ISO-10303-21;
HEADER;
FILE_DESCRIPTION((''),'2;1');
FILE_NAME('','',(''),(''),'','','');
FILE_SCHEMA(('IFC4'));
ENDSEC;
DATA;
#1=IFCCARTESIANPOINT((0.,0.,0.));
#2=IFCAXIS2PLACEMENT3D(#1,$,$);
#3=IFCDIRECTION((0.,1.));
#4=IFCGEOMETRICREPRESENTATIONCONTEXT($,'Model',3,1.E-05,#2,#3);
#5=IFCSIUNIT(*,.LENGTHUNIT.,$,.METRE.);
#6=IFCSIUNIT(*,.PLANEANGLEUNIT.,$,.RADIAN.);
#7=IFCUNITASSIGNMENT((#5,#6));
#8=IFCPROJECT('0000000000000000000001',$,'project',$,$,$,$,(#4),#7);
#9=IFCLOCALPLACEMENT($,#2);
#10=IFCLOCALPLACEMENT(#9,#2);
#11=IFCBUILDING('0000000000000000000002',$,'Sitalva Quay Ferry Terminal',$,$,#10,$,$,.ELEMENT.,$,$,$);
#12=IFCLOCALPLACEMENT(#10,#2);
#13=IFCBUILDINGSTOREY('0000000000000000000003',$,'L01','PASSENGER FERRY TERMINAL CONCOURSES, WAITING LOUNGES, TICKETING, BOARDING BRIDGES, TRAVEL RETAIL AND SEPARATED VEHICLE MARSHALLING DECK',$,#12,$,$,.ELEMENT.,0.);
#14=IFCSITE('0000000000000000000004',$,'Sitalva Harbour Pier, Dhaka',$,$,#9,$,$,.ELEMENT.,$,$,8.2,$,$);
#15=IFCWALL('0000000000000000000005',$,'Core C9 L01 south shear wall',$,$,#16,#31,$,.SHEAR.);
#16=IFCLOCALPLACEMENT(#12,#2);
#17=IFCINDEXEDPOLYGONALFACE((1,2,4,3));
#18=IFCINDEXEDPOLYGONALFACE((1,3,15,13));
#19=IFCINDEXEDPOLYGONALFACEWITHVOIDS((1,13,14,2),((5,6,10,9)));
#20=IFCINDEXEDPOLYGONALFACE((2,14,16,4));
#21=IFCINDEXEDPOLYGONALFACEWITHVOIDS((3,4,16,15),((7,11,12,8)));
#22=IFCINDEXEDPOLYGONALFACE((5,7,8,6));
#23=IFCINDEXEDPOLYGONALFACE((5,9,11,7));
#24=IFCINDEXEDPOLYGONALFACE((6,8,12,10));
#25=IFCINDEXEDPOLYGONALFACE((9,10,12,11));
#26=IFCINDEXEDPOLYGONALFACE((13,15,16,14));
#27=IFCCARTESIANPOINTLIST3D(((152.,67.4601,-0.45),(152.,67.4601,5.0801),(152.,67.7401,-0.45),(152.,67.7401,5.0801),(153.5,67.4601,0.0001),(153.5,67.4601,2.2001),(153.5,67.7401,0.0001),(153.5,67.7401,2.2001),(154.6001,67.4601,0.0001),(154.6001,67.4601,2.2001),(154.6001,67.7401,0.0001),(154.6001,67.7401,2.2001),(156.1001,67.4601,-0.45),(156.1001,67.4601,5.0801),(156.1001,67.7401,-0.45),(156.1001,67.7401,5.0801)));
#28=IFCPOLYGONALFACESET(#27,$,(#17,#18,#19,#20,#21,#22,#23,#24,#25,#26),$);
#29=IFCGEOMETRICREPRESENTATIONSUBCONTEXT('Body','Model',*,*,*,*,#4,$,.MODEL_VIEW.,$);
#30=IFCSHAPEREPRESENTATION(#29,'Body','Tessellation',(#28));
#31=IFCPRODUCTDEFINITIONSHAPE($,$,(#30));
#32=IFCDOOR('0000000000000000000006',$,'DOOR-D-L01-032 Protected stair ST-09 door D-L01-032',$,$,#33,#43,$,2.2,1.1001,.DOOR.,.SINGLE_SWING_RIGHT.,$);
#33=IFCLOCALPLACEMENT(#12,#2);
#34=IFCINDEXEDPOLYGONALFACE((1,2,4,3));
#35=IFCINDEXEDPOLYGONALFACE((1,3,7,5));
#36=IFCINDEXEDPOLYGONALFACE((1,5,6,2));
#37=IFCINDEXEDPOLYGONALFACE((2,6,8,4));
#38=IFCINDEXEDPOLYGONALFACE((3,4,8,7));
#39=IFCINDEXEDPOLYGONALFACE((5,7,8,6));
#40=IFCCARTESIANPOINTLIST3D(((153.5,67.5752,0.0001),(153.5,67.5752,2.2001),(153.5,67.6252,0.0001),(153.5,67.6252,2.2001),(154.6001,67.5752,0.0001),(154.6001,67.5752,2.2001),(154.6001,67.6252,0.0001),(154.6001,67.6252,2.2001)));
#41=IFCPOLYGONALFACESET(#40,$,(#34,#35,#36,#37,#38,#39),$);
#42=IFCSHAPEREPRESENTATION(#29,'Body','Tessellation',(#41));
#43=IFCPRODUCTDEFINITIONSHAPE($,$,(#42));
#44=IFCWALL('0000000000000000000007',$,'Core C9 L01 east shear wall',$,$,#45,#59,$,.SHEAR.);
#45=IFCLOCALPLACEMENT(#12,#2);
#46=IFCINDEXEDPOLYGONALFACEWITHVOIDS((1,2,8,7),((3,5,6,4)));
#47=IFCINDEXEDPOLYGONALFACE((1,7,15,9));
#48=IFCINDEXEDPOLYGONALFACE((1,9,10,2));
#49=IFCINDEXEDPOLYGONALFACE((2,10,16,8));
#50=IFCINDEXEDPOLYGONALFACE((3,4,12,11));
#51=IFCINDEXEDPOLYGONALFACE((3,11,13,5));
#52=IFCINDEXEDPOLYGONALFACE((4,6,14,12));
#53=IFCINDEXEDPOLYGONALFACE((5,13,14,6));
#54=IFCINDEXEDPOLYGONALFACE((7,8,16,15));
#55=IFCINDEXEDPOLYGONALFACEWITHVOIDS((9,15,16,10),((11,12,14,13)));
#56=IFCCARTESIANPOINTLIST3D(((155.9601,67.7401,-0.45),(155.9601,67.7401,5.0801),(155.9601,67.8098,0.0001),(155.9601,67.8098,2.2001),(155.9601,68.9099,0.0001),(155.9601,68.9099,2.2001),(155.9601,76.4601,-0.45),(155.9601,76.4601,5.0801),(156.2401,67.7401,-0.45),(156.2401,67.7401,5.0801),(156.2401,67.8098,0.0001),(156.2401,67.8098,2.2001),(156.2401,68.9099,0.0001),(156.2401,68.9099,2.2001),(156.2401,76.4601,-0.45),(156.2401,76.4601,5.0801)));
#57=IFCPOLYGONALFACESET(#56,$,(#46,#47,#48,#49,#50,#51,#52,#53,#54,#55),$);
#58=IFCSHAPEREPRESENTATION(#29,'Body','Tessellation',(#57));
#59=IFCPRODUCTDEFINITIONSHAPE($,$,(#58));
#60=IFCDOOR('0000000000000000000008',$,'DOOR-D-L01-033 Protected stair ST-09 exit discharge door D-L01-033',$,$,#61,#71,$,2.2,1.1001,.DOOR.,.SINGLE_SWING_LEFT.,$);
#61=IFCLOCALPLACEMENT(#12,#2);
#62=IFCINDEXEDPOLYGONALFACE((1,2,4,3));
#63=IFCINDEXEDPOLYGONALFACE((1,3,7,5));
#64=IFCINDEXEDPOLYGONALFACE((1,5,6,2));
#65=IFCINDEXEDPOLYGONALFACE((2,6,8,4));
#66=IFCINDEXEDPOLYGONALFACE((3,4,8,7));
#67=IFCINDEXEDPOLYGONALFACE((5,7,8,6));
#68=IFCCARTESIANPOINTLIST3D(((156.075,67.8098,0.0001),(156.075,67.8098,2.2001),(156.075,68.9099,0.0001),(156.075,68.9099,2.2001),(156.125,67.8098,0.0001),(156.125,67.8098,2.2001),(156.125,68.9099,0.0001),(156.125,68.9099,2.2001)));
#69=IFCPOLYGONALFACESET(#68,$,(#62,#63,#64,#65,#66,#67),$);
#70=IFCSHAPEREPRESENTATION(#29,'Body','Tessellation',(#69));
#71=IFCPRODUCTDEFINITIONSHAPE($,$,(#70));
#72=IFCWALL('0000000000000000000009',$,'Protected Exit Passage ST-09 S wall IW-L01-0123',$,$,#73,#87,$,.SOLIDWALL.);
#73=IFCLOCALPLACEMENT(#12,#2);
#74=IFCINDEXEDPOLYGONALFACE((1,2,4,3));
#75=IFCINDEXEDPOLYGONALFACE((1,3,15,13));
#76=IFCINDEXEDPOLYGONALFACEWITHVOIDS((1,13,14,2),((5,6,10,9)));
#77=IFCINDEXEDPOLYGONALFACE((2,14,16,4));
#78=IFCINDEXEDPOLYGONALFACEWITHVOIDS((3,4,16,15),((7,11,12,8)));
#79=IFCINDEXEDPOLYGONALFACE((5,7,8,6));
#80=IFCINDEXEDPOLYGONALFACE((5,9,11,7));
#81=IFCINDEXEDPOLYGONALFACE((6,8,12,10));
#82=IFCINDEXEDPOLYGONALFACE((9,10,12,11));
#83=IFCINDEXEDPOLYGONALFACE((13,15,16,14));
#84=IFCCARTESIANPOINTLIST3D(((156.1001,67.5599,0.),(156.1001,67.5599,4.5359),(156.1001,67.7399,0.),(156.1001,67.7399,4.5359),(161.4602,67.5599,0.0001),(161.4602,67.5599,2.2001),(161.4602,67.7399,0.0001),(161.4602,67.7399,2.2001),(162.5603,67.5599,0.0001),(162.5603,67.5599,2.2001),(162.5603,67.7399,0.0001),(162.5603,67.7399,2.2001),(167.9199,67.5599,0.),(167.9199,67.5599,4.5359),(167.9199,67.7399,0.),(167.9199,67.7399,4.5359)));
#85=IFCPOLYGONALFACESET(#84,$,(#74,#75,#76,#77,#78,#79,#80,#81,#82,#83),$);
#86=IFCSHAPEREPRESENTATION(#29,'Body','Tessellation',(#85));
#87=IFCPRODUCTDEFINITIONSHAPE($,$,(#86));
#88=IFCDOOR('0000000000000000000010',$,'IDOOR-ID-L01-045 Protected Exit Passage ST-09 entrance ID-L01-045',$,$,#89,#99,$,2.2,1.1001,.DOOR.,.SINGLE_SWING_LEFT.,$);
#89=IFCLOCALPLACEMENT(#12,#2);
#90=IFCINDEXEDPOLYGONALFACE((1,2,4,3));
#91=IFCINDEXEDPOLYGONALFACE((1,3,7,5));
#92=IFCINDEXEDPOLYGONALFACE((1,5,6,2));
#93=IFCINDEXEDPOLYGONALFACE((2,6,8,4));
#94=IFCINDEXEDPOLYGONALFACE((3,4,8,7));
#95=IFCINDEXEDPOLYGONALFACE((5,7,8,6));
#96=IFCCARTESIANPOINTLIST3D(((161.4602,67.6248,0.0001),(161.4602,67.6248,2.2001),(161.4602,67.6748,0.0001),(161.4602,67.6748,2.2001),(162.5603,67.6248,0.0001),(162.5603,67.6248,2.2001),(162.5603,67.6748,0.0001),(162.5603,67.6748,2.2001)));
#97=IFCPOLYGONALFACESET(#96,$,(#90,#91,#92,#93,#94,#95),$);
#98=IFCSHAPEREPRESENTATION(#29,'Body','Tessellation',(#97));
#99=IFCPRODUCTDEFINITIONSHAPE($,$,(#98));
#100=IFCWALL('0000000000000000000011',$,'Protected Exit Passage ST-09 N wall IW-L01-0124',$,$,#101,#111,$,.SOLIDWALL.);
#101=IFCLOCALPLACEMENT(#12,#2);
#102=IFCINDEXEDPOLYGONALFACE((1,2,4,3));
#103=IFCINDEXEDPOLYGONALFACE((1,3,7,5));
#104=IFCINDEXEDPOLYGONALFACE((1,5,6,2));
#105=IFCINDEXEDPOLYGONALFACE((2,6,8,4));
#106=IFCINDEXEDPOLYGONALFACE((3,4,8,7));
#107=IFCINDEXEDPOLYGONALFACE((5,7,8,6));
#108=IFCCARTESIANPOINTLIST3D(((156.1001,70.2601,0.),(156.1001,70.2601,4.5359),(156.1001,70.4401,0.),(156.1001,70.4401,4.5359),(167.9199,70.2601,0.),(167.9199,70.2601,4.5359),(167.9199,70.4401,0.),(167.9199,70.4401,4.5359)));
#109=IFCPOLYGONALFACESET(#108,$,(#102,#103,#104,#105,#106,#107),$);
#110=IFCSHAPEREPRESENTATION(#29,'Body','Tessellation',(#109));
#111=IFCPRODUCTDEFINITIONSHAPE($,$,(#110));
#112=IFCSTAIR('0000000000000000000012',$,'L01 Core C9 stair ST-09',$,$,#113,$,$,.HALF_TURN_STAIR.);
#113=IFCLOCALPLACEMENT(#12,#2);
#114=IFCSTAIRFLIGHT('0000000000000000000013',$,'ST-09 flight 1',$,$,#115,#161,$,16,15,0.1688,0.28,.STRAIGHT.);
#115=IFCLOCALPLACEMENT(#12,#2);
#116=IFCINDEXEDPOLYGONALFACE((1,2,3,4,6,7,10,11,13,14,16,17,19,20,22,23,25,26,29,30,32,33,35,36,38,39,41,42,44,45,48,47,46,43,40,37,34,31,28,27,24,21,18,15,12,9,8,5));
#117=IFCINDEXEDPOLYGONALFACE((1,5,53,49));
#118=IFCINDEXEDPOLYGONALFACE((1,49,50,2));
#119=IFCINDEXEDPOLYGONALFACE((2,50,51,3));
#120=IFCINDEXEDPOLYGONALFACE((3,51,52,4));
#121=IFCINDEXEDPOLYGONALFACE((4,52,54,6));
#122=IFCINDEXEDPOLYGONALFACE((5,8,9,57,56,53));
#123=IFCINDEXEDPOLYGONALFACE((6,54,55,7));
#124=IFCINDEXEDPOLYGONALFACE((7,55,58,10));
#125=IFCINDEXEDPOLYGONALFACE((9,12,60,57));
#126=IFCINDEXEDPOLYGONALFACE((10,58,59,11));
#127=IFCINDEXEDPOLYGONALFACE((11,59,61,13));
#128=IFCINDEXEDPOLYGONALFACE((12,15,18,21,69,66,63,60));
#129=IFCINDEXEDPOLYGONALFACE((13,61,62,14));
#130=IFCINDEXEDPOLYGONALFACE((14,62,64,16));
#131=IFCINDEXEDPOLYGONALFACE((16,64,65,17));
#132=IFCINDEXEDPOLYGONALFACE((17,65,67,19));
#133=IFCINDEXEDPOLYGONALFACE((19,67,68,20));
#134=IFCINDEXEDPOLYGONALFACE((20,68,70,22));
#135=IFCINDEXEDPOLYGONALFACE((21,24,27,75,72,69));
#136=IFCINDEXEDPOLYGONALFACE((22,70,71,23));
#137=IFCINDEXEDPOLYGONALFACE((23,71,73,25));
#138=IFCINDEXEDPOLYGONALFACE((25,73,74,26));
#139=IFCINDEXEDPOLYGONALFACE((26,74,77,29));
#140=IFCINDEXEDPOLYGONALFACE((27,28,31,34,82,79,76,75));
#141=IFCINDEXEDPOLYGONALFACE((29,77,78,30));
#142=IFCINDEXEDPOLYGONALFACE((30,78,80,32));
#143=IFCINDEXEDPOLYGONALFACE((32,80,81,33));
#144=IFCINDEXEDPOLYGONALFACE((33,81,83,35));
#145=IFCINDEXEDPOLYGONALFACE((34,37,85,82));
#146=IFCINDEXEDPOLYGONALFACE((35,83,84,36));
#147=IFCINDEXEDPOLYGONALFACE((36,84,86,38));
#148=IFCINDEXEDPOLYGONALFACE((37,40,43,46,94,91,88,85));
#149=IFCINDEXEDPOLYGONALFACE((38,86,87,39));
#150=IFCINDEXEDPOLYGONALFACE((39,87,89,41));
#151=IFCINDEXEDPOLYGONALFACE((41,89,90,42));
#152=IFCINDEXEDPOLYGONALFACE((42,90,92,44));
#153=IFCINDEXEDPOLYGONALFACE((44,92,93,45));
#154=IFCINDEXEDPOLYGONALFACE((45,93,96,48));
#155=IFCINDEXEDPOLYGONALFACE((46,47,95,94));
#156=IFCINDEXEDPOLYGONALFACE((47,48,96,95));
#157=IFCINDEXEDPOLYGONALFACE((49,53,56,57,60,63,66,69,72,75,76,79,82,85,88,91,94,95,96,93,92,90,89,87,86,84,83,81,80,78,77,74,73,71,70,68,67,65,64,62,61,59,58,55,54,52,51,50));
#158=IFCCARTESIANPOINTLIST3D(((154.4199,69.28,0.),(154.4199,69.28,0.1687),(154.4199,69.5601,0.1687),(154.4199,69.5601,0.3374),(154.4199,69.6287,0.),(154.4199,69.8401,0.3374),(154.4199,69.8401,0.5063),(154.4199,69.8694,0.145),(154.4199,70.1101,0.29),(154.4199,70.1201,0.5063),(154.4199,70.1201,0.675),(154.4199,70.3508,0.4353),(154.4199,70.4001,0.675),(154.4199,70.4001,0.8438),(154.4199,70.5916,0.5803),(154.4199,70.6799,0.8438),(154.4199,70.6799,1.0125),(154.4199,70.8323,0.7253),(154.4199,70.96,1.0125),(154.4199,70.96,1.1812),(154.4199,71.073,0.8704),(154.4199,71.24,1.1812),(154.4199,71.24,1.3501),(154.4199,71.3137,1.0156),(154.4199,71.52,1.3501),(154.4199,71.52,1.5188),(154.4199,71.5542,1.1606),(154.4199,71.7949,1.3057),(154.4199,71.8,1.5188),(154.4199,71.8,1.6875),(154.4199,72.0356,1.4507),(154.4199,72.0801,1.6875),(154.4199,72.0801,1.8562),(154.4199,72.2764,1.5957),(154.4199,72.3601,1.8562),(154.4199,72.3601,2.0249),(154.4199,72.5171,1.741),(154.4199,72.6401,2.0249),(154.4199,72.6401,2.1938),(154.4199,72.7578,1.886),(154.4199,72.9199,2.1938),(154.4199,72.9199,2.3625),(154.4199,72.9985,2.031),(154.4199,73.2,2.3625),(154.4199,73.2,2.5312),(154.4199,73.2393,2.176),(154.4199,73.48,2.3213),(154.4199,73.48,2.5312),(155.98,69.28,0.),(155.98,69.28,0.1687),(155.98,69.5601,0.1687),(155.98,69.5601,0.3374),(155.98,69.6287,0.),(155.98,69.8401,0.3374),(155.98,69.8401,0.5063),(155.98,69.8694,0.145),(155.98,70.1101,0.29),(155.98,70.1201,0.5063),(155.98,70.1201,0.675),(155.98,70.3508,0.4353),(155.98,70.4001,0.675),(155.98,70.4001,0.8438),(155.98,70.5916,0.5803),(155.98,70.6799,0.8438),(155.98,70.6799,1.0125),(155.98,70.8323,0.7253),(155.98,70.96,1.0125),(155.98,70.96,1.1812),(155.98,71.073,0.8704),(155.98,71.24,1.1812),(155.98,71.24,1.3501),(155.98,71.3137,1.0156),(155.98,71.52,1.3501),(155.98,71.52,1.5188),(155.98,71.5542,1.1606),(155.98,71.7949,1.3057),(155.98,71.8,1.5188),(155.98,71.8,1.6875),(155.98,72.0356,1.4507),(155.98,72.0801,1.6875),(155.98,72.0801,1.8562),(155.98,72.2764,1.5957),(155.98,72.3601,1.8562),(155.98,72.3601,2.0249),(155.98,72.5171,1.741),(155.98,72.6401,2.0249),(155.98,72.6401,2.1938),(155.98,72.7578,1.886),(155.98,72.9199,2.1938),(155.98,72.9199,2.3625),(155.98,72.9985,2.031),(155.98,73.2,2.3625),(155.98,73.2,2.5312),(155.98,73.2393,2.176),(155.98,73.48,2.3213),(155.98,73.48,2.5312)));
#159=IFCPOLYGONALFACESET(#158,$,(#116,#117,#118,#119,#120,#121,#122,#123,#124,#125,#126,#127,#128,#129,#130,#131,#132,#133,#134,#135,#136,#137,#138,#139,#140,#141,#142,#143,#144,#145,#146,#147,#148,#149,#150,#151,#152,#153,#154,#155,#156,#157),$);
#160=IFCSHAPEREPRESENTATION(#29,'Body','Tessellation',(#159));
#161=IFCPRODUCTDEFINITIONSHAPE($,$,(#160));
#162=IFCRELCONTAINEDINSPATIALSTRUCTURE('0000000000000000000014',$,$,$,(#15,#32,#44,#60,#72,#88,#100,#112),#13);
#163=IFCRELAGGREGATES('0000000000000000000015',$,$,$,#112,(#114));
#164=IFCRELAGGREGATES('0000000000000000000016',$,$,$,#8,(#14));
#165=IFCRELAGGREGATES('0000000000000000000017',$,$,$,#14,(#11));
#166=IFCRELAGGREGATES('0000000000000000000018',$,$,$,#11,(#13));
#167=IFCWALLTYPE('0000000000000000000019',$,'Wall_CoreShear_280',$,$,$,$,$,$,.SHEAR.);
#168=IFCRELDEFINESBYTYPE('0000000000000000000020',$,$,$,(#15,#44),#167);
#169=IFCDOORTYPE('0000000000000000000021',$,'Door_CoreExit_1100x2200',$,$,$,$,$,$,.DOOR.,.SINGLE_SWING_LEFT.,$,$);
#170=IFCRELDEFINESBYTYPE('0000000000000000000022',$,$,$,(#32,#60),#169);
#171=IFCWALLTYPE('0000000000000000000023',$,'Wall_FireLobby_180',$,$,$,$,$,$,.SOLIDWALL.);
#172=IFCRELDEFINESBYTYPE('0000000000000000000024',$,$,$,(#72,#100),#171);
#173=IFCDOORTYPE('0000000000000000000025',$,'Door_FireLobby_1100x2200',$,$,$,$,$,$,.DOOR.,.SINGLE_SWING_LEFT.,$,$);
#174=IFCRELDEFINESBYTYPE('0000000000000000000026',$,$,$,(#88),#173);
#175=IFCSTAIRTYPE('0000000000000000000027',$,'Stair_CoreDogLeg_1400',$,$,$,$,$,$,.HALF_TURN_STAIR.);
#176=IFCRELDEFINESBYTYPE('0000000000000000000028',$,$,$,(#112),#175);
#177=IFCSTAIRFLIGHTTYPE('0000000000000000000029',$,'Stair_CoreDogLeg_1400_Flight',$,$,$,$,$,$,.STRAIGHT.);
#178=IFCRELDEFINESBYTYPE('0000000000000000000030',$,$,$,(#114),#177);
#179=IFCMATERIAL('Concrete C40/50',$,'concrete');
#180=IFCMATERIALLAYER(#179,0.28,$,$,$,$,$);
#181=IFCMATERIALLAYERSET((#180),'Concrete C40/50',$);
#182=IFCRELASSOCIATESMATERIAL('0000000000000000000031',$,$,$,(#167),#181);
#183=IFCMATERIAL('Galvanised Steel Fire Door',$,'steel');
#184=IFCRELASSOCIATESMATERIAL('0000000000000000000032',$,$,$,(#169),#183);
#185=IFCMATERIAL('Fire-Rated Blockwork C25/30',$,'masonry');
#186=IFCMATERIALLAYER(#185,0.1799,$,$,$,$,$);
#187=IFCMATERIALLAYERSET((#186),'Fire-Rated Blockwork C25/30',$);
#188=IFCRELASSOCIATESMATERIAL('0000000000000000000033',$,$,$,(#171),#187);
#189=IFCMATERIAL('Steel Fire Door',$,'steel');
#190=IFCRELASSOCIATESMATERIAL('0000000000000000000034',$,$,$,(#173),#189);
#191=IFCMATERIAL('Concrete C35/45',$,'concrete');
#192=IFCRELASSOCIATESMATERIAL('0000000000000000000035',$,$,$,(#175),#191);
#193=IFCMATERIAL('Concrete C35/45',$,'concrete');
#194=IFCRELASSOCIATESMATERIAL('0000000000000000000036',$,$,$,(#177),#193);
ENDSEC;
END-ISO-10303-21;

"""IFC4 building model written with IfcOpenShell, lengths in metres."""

from ifc_helpers import new_model, si_unit, direction, frame, frame_2d, origin, place, context, subcontext, project, spatial, polyline, rectangle, outline, extrude, material, layer, layer_set, type_object, element, fill, aggregate, save


model = new_model("IFC4")

# Units and contexts
model_context = context("Model", 3, precision=1e-05, world=origin(), true_north=direction((0.0, 1.0)))
body_context = subcontext(model_context, "Body", "Model", "MODEL_VIEW")
ifc_project = project(units=[si_unit("LENGTHUNIT", "METRE"), si_unit("PLANEANGLEUNIT", "RADIAN")], contexts=[model_context])

# Site, building, storey
site_placement = place(None, origin())
site = spatial("IfcSite", under=ifc_project, at=site_placement, Name="Sitalva Harbour Pier, Dhaka", CompositionType="ELEMENT", RefElevation=8.2)
building_placement = place(site_placement, origin())
building = spatial("IfcBuilding", under=site, at=building_placement, Name="Sitalva Quay Ferry Terminal", CompositionType="ELEMENT")
storey_placement = place(building_placement, origin())
storey = spatial("IfcBuildingStorey", under=building, at=storey_placement, Name="L01", Description="PASSENGER FERRY TERMINAL CONCOURSES, WAITING LOUNGES, TICKETING, BOARDING BRIDGES, TRAVEL RETAIL AND SEPARATED VEHICLE MARSHALLING DECK", CompositionType="ELEMENT", Elevation=0.0)

# Walls, openings, doors
ifc_material_1 = material(Name="Concrete C40/50", Category="concrete")
ifc_layer_1 = layer(ifc_material_1, 0.28)
ifc_layer_set_1 = layer_set([ifc_layer_1], Name="Concrete C40/50")
wall_type_1 = type_object("IfcWallType", Name="Wall_CoreShear_280", PredefinedType="SHEAR", material=ifc_layer_set_1)
wall_1_placement = place(storey_placement, frame((156.1001, 67.6001, -0.45), z_axis=(0.0, 0.0, 1.0), x_axis=(-1.0, 0.0, 0.0)))
wall_1 = element("IfcWall", 1, at=wall_1_placement, inside=storey, type_object=wall_type_1, Name="Core C9 L01 south shear wall", PredefinedType="SHEAR", context=body_context, shape_type="SweptSolid", body=[
    extrude(rectangle(XDim=4.1001, YDim=0.28, at=frame_2d((2.05, 0.0))), origin(), (0.0, 0.0, 1.0), 5.53),
])
opening_1_placement = place(wall_1_placement, frame((1.5, 0.0, 0.45)))
opening_1 = element("IfcOpeningElement", 2, at=opening_1_placement, cuts=wall_1, PredefinedType="OPENING", context=body_context, shape_type="SweptSolid", body=[
    extrude(rectangle(XDim=1.1001, YDim=2.2, at=frame_2d((0.55, 1.1001))), frame((0.0, 0.1499, 0.0), z_axis=(0.0, -1.0, 0.0), x_axis=(1.0, 0.0, 0.0)), (0.0, 0.0, 1.0), 0.3),
])
ifc_material_2 = material(Name="Galvanised Steel Fire Door", Category="steel")
door_type_1 = type_object("IfcDoorType", Name="Door_CoreExit_1100x2200", OperationType="SINGLE_SWING_LEFT", PredefinedType="DOOR", material=ifc_material_2)
door_1_placement = place(opening_1_placement, origin())
door_1 = element("IfcDoor", 3, at=door_1_placement, inside=storey, type_object=door_type_1, Name="DOOR-D-L01-032 Protected stair ST-09 door D-L01-032", OperationType="SINGLE_SWING_RIGHT", OverallHeight=2.2, OverallWidth=1.1001, PredefinedType="DOOR", context=body_context, shape_type="SweptSolid", body=[
    extrude(rectangle(XDim=1.1001, YDim=2.2, at=frame_2d((0.55, 1.1001))), frame((0.0, 0.0249, 0.0), z_axis=(0.0, -1.0, 0.0), x_axis=(1.0, 0.0, 0.0)), (0.0, 0.0, 1.0), 0.05),
])
fill(opening_1, door_1)
wall_2_placement = place(storey_placement, frame((156.1001, 76.46, -0.45), z_axis=(0.0, 0.0, 1.0), x_axis=(0.0, -1.0, 0.0)))
wall_2 = element("IfcWall", 4, at=wall_2_placement, inside=storey, type_object=wall_type_1, Name="Core C9 L01 east shear wall", PredefinedType="SHEAR", context=body_context, shape_type="SweptSolid", body=[
    extrude(rectangle(XDim=8.72, YDim=0.28, at=frame_2d((4.3599, 0.0))), origin(), (0.0, 0.0, 1.0), 5.53),
])
opening_2_placement = place(wall_2_placement, frame((7.55, 0.0, 0.45)))
opening_2 = element("IfcOpeningElement", 5, at=opening_2_placement, cuts=wall_2, PredefinedType="OPENING", context=body_context, shape_type="SweptSolid", body=[
    extrude(rectangle(XDim=1.1001, YDim=2.2, at=frame_2d((0.55, 1.1001))), frame((0.0, 0.1499, 0.0), z_axis=(0.0, -1.0, 0.0), x_axis=(1.0, 0.0, 0.0)), (0.0, 0.0, 1.0), 0.3),
])
door_2_placement = place(opening_2_placement, origin())
door_2 = element("IfcDoor", 6, at=door_2_placement, inside=storey, type_object=door_type_1, Name="DOOR-D-L01-033 Protected stair ST-09 exit discharge door D-L01-033", OperationType="SINGLE_SWING_LEFT", OverallHeight=2.2, OverallWidth=1.1001, PredefinedType="DOOR", context=body_context, shape_type="SweptSolid", body=[
    extrude(rectangle(XDim=1.1001, YDim=2.2, at=frame_2d((0.55, 1.1001))), frame((0.0, 0.0249, 0.0), z_axis=(0.0, -1.0, 0.0), x_axis=(1.0, 0.0, 0.0)), (0.0, 0.0, 1.0), 0.05),
])
fill(opening_2, door_2)
ifc_material_3 = material(Name="Fire-Rated Blockwork C25/30", Category="masonry")
ifc_layer_2 = layer(ifc_material_3, 0.1799)
ifc_layer_set_2 = layer_set([ifc_layer_2], Name="Fire-Rated Blockwork C25/30")
wall_type_2 = type_object("IfcWallType", Name="Wall_FireLobby_180", PredefinedType="SOLIDWALL", material=ifc_layer_set_2)
wall_3_placement = place(storey_placement, frame((156.1001, 67.6499, 0.0), z_axis=(0.0, 0.0, 1.0), x_axis=(1.0, 0.0, 0.0)))
wall_3 = element("IfcWall", 7, at=wall_3_placement, inside=storey, type_object=wall_type_2, Name="Protected Exit Passage ST-09 S wall IW-L01-0123", PredefinedType="SOLIDWALL", context=body_context, shape_type="SweptSolid", body=[
    extrude(rectangle(XDim=11.8198, YDim=0.1799, at=frame_2d((5.9099, 0.0))), origin(), (0.0, 0.0, 1.0), 4.5359),
])
opening_3_placement = place(wall_3_placement, frame((5.3601, 0.0, 0.0)))
opening_3 = element("IfcOpeningElement", 8, at=opening_3_placement, cuts=wall_3, PredefinedType="OPENING", context=body_context, shape_type="SweptSolid", body=[
    extrude(rectangle(XDim=1.1001, YDim=2.2, at=frame_2d((0.55, 1.1001))), frame((0.0, 0.0999, 0.0), z_axis=(0.0, -1.0, 0.0), x_axis=(1.0, 0.0, 0.0)), (0.0, 0.0, 1.0), 0.2),
])
ifc_material_4 = material(Name="Steel Fire Door", Category="steel")
door_type_2 = type_object("IfcDoorType", Name="Door_FireLobby_1100x2200", OperationType="SINGLE_SWING_LEFT", PredefinedType="DOOR", material=ifc_material_4)
door_3_placement = place(opening_3_placement, origin())
door_3 = element("IfcDoor", 9, at=door_3_placement, inside=storey, type_object=door_type_2, Name="IDOOR-ID-L01-045 Protected Exit Passage ST-09 entrance ID-L01-045", OperationType="SINGLE_SWING_LEFT", OverallHeight=2.2, OverallWidth=1.1001, PredefinedType="DOOR", context=body_context, shape_type="SweptSolid", body=[
    extrude(rectangle(XDim=1.1001, YDim=2.2, at=frame_2d((0.55, 1.1001))), frame((0.0, 0.0249, 0.0), z_axis=(0.0, -1.0, 0.0), x_axis=(1.0, 0.0, 0.0)), (0.0, 0.0, 1.0), 0.05),
])
fill(opening_3, door_3)

# Wall
wall_4_placement = place(storey_placement, frame((156.1001, 70.3501, 0.0), z_axis=(0.0, 0.0, 1.0), x_axis=(1.0, 0.0, 0.0)))
element("IfcWall", 10, at=wall_4_placement, inside=storey, type_object=wall_type_2, Name="Protected Exit Passage ST-09 N wall IW-L01-0124", PredefinedType="SOLIDWALL", context=body_context, shape_type="SweptSolid", body=[
    extrude(rectangle(XDim=11.8198, YDim=0.1799, at=frame_2d((5.9099, 0.0))), origin(), (0.0, 0.0, 1.0), 4.5359),
])

# Stair, stair flight
ifc_material_5 = material(Name="Concrete C35/45", Category="concrete")
stair_type = type_object("IfcStairType", Name="Stair_CoreDogLeg_1400", PredefinedType="HALF_TURN_STAIR", material=ifc_material_5)
stair_placement = place(storey_placement, origin())
stair = element("IfcStair", 11, at=stair_placement, inside=storey, type_object=stair_type, Name="L01 Core C9 stair ST-09", PredefinedType="HALF_TURN_STAIR")
ifc_material_6 = material(Name="Concrete C35/45", Category="concrete")
stair_flight_type = type_object("IfcStairFlightType", Name="Stair_CoreDogLeg_1400_Flight", PredefinedType="STRAIGHT", material=ifc_material_6)
stair_flight_1_placement = place(storey_placement, frame((155.2, 69.28, 0.0), z_axis=(0.0, 0.0, 1.0), x_axis=(0.0, 1.0, 0.0)))
stair_flight_1 = element("IfcStairFlight", 12, at=stair_flight_1_placement, type_object=stair_flight_type, Name="ST-09 flight 1", NumberOfRisers=16, NumberOfTreads=15, PredefinedType="STRAIGHT", RiserHeight=0.1688, TreadLength=0.28, context=body_context, shape_type="SweptSolid", body=[
    extrude(outline(polyline([(0.0, 0.0), (0.0, 0.1687), (0.28, 0.1687), (0.28, 0.3374), (0.5601, 0.3374), (0.5601, 0.5063), (0.8401, 0.5063), (0.8401, 0.675), (1.1201, 0.675), (1.1201, 0.8438), (1.3999, 0.8438), (1.3999, 1.0125), (1.6799, 1.0125), (1.6799, 1.1812), (1.96, 1.1812), (1.96, 1.3501), (2.24, 1.3501), (2.24, 1.5188), (2.52, 1.5188), (2.52, 1.6875), (2.8, 1.6875), (2.8, 1.8562), (3.0801, 1.8562), (3.0801, 2.0249), (3.3601, 2.0249), (3.3601, 2.1938), (3.6399, 2.1938), (3.6399, 2.3625), (3.9199, 2.3625), (3.9199, 2.5312), (4.2, 2.5312), (4.2, 2.7), (4.2, 2.3213), (3.9592, 2.176), (3.7185, 2.031), (3.4778, 1.886), (3.2371, 1.741), (2.9963, 1.5957), (2.7556, 1.4507), (2.5149, 1.3057), (2.2742, 1.1606), (2.0337, 1.0156), (1.793, 0.8704), (1.5522, 0.7253), (1.3115, 0.5803), (1.0708, 0.4353), (0.8301, 0.29), (0.5894, 0.145), (0.3486, 0.0), (0.0, 0.0)])), frame((0.0, 0.78, 0.0), z_axis=(0.0, -1.0, 0.0), x_axis=(1.0, 0.0, 0.0)), (0.0, 0.0, 1.0), 1.5601),
])
aggregate(stair, [stair_flight_1])

save(model, "model.ifc")
